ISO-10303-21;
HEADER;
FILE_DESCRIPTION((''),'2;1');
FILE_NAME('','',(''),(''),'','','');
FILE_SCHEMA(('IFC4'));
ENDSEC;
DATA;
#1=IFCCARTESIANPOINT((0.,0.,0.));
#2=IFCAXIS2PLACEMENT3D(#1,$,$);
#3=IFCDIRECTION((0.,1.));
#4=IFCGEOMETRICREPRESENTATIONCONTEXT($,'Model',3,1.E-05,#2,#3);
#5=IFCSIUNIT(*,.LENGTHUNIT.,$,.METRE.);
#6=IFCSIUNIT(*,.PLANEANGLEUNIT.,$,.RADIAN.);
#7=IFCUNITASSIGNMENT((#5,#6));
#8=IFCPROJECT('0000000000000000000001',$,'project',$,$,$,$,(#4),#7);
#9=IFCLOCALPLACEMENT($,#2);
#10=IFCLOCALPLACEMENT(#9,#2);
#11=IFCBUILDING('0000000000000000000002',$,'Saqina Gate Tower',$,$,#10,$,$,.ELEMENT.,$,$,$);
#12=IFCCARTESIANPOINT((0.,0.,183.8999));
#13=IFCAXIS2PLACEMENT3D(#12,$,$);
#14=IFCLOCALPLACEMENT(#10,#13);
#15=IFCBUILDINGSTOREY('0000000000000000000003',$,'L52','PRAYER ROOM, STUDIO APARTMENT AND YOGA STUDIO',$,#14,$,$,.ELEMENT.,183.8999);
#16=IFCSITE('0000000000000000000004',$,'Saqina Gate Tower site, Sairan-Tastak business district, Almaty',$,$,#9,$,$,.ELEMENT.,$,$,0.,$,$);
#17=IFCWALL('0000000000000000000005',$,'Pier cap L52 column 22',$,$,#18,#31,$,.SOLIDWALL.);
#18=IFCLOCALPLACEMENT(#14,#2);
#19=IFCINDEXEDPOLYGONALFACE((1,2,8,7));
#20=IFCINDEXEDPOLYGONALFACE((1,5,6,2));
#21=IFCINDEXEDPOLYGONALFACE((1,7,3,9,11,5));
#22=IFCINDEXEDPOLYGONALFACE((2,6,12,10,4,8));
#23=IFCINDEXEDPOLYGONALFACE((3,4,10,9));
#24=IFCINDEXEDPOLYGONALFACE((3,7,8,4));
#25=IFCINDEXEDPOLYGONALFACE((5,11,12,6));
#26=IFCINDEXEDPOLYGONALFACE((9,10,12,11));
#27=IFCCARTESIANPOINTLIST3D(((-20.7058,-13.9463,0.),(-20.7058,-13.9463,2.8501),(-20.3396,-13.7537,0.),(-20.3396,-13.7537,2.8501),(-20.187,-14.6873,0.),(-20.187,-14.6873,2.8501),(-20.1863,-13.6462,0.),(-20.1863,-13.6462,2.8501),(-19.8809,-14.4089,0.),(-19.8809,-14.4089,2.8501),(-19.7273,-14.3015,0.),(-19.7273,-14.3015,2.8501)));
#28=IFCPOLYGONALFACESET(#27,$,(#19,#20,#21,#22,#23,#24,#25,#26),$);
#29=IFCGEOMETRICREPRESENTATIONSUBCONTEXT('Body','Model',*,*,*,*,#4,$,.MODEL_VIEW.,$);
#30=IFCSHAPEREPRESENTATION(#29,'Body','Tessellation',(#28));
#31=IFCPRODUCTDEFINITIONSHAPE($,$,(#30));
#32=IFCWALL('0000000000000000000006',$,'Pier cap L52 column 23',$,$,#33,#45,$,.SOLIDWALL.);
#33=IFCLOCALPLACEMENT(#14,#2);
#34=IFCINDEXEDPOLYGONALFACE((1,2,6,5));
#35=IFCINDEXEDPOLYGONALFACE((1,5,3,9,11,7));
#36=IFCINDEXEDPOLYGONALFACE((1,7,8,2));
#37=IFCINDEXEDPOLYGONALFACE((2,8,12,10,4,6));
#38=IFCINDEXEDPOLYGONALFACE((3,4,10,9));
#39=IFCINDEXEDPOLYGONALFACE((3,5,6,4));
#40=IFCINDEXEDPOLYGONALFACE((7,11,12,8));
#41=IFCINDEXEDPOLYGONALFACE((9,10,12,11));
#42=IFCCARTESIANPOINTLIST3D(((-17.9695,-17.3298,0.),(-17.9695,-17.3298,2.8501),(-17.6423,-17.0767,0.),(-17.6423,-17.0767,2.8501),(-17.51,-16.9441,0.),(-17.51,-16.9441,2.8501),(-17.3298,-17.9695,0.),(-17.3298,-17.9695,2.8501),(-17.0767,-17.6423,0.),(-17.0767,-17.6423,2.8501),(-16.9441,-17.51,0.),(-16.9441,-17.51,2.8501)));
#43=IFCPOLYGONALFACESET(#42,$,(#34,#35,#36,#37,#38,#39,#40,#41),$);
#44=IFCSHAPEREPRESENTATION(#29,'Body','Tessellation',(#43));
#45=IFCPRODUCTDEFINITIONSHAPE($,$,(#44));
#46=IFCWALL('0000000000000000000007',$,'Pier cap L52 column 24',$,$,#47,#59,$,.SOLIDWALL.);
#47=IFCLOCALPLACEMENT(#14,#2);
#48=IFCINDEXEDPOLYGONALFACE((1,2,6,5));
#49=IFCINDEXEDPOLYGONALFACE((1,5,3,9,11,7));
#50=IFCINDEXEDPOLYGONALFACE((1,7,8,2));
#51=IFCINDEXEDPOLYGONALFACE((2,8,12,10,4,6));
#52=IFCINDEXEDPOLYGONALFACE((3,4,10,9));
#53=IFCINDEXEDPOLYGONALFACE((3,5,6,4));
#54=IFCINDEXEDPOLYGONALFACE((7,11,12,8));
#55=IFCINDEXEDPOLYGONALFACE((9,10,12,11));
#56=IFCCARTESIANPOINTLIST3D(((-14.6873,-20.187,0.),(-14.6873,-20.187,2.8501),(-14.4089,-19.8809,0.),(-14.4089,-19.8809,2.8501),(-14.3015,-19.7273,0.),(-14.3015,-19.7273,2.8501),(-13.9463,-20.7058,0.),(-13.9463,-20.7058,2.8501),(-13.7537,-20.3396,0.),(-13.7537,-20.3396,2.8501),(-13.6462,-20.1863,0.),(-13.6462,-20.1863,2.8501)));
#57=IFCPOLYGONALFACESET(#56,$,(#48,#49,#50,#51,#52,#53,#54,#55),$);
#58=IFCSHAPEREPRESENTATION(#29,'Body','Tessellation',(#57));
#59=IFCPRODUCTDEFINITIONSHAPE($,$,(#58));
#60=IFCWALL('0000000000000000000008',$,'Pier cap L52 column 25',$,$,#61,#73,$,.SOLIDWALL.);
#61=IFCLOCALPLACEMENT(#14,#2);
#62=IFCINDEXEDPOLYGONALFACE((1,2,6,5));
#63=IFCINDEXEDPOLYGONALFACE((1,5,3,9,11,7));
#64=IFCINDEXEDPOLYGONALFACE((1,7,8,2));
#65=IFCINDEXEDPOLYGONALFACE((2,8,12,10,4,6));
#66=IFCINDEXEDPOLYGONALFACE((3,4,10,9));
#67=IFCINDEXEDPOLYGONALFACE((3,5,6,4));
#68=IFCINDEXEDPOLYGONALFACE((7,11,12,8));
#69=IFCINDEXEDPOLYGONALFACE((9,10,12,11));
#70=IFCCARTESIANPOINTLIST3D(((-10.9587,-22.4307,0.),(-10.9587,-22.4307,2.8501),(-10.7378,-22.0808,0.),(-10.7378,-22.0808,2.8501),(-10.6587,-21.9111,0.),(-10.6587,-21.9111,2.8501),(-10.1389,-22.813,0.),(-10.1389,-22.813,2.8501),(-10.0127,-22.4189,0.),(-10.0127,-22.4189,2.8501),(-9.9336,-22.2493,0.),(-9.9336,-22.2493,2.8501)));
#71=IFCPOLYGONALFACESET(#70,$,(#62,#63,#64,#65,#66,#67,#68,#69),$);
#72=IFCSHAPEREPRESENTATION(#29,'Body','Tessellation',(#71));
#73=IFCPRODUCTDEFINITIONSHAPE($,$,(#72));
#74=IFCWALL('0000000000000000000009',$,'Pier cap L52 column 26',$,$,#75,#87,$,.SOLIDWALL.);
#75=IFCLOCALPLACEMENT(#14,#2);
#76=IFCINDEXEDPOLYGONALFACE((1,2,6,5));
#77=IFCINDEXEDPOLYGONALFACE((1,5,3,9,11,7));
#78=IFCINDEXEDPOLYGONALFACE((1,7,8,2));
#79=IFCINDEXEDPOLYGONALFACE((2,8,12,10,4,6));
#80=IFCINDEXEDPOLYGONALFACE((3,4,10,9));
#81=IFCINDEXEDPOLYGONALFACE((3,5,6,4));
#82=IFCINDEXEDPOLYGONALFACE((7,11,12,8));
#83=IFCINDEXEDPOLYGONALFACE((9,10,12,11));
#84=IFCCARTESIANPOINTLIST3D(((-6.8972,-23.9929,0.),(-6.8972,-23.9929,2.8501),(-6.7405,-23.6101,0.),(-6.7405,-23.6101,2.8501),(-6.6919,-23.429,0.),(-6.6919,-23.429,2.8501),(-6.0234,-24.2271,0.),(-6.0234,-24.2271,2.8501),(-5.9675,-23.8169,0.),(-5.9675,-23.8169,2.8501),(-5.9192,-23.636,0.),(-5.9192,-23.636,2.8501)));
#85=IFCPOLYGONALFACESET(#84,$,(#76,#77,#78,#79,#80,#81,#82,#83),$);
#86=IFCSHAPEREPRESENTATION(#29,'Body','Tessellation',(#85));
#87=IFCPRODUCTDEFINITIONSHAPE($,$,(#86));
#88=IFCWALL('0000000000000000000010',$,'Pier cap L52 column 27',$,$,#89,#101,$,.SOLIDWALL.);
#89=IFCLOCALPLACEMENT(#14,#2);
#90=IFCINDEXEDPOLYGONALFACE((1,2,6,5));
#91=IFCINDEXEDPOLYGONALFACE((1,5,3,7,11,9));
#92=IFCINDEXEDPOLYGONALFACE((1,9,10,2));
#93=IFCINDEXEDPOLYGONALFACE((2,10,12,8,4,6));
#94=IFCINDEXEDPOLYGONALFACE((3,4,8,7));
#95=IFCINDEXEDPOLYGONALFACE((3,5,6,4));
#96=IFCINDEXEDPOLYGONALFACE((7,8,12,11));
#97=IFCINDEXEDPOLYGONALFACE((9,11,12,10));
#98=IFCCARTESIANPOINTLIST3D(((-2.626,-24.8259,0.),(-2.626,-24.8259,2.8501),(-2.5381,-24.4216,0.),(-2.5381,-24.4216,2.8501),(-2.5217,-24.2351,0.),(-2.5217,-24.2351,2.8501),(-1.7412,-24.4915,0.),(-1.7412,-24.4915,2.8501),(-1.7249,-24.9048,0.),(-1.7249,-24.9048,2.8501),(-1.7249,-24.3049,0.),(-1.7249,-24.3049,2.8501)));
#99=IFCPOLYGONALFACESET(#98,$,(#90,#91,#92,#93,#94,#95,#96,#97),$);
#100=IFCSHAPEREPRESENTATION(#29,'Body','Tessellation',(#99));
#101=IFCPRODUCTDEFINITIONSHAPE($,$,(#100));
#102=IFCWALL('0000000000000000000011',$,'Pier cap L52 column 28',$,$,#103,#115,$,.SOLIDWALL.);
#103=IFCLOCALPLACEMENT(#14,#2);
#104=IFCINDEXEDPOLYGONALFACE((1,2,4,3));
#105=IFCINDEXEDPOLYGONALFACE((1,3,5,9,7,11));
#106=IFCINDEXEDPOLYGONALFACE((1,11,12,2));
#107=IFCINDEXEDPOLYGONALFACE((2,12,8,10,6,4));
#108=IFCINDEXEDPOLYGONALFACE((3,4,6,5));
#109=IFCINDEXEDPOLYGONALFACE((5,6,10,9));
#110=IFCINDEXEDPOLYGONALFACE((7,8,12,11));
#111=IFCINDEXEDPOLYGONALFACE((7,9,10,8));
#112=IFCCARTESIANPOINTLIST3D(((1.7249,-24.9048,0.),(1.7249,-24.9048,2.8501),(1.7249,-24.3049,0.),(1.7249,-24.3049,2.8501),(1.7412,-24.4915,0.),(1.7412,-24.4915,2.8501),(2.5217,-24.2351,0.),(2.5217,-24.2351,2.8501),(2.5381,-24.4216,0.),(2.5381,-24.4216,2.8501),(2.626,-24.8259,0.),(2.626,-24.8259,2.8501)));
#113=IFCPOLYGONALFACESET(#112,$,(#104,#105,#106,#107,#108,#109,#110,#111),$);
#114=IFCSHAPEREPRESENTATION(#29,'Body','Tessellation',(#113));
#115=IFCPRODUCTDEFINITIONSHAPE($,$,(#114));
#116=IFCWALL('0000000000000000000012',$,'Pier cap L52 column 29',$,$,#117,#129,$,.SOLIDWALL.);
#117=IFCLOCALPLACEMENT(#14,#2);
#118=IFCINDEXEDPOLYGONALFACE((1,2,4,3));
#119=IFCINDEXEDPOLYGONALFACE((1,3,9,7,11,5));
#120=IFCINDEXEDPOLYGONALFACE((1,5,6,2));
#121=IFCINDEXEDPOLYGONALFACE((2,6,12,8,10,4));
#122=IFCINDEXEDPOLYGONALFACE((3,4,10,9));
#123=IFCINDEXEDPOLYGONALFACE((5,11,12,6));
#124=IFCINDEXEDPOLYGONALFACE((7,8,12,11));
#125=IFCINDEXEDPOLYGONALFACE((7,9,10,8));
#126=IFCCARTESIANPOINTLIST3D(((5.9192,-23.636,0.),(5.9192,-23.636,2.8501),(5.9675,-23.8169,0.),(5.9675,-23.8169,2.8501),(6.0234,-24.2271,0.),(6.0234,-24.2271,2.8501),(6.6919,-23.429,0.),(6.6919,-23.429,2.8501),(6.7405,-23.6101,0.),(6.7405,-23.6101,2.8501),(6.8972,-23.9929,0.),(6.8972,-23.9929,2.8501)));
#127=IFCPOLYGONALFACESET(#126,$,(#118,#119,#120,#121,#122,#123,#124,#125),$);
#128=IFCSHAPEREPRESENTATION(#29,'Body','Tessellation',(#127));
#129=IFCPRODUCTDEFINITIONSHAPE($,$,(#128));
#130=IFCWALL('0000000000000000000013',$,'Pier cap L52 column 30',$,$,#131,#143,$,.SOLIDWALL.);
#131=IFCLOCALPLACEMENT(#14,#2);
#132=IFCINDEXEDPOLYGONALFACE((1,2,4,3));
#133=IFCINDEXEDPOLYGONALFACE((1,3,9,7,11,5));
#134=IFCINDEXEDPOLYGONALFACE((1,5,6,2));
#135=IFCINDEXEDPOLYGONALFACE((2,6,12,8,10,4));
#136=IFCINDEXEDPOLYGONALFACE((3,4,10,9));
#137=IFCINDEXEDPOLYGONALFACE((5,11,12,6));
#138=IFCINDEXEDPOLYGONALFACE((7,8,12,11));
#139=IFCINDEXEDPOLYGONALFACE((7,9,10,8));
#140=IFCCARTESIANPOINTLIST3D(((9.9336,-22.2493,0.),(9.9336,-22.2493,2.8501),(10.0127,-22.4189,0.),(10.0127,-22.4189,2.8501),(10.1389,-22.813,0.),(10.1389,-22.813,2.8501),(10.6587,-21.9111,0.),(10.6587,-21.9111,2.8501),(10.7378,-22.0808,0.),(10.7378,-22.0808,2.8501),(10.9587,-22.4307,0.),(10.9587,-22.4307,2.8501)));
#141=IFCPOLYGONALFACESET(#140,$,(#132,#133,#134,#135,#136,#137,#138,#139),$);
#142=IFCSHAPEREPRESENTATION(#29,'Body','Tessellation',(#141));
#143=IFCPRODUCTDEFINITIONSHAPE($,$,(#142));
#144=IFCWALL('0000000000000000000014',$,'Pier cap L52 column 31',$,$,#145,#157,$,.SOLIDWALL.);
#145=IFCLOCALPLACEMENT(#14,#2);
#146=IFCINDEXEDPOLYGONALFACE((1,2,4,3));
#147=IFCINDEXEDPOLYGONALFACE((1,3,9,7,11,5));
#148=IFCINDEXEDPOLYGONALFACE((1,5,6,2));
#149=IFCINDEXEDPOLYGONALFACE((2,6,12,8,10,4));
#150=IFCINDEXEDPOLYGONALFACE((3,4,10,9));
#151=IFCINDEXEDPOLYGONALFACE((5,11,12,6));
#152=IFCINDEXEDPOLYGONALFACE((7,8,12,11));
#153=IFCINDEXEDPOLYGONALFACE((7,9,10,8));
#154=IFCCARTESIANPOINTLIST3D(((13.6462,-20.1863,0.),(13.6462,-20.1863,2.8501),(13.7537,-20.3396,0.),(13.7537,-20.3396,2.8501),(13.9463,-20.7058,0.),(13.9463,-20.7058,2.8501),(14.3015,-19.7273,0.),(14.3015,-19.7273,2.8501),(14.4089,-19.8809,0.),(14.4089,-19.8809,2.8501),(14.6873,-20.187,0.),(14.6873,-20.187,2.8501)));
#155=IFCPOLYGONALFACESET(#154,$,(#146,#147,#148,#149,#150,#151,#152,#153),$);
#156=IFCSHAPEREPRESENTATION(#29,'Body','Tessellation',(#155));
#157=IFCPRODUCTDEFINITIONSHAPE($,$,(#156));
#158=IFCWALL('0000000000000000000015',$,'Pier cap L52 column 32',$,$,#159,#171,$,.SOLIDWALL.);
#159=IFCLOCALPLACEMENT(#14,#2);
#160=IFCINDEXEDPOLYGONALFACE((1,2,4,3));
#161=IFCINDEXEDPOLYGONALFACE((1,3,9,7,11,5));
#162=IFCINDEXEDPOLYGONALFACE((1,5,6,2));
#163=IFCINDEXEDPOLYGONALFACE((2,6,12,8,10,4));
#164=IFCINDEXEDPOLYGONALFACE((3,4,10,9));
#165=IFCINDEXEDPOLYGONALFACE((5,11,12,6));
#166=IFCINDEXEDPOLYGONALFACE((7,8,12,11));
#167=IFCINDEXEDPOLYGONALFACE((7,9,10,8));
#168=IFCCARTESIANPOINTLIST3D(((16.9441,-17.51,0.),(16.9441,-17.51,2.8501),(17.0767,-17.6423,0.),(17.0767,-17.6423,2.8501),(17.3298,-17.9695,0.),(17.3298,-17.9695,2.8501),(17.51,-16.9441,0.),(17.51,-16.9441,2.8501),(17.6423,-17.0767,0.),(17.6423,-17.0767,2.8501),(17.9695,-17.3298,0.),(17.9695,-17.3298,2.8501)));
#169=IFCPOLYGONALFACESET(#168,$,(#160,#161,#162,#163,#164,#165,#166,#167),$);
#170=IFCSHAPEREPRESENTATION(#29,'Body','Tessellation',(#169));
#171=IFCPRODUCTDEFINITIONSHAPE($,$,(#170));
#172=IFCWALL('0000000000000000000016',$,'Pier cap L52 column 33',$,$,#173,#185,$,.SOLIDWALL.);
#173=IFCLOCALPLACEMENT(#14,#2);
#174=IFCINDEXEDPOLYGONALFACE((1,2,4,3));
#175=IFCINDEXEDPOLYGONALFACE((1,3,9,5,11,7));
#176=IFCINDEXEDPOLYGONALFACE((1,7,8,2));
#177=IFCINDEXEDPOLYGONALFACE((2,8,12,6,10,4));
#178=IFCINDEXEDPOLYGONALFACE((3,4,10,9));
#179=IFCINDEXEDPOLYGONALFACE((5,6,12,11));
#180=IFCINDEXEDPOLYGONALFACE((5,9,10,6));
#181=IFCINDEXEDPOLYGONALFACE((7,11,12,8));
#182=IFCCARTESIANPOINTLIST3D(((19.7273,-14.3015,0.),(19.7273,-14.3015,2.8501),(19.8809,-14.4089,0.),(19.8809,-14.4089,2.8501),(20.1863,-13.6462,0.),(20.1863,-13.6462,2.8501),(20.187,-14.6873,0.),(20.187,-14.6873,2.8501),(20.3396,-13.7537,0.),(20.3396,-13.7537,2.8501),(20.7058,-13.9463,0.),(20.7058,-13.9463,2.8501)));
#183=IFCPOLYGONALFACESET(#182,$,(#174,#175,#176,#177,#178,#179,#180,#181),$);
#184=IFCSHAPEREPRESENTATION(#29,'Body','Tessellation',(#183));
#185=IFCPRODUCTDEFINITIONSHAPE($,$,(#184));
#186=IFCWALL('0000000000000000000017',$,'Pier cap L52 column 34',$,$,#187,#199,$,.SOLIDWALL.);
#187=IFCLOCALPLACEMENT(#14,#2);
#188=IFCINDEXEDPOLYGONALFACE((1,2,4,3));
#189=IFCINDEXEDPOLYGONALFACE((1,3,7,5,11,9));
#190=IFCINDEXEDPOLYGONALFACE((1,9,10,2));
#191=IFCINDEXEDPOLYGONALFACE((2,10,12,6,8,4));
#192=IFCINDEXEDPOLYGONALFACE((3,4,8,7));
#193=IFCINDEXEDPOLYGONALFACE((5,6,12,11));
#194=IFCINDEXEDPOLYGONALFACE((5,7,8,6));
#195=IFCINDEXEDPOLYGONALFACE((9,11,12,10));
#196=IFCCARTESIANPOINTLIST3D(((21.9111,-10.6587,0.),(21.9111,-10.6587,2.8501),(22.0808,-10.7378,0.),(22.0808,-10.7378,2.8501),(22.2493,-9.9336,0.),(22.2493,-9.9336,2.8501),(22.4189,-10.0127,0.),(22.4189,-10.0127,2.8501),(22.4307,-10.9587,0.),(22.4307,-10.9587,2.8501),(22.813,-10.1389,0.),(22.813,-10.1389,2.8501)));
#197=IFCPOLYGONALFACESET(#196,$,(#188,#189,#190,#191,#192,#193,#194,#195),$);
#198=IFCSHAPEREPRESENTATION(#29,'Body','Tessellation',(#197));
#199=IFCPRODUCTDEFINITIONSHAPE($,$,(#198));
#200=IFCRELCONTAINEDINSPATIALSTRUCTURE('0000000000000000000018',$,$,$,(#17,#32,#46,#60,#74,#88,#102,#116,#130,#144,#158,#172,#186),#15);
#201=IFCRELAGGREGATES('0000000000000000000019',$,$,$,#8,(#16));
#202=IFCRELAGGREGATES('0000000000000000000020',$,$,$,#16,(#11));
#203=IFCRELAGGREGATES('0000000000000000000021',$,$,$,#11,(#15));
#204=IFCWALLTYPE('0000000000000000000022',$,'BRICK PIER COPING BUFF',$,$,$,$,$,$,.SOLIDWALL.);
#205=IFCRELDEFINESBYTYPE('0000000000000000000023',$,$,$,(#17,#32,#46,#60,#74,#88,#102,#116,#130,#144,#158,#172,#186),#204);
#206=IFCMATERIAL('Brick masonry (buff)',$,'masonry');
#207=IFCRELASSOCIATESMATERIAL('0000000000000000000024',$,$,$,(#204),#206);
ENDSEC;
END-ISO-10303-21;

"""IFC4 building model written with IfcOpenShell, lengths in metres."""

from ifc_helpers import new_model, si_unit, direction, frame, origin, place, context, subcontext, project, spatial, polyline, outline, extrude, material, type_object, element, save


model = new_model("IFC4")

# Units and contexts
model_context = context("Model", 3, precision=1e-05, world=origin(), true_north=direction((0.0, 1.0)))
body_context = subcontext(model_context, "Body", "Model", "MODEL_VIEW")
ifc_project = project(units=[si_unit("LENGTHUNIT", "METRE"), si_unit("PLANEANGLEUNIT", "RADIAN")], contexts=[model_context])

# Site, building, storey
site_placement = place(None, origin())
site = spatial("IfcSite", under=ifc_project, at=site_placement, Name="Saqina Gate Tower site, Sairan-Tastak business district, Almaty", CompositionType="ELEMENT", RefElevation=0.0)
building_placement = place(site_placement, origin())
building = spatial("IfcBuilding", under=site, at=building_placement, Name="Saqina Gate Tower", CompositionType="ELEMENT")
storey_placement = place(building_placement, frame((0.0, 0.0, 183.8999)))
storey = spatial("IfcBuildingStorey", under=building, at=storey_placement, Name="L52", Description="PRAYER ROOM, STUDIO APARTMENT AND YOGA STUDIO", CompositionType="ELEMENT", Elevation=183.8999)

# Walls
ifc_material_1 = material(Name="Brick masonry (buff)", Category="masonry")
wall_type_1 = type_object("IfcWallType", Name="BRICK PIER COPING BUFF", PredefinedType="SOLIDWALL", material=ifc_material_1)
wall_1_placement = place(storey_placement, origin())
element("IfcWall", 1, at=wall_1_placement, inside=storey, type_object=wall_type_1, Name="Pier cap L52 column 22", PredefinedType="SOLIDWALL", context=body_context, shape_type="SweptSolid", body=[
    extrude(outline(polyline([(-20.7058, -13.9463), (-20.187, -14.6873), (-19.7273, -14.3015), (-19.8809, -14.4089), (-20.3396, -13.7537), (-20.1863, -13.6462), (-20.7058, -13.9463)])), origin(), (0.0, 0.0, 1.0), 2.8501),
])
wall_2_placement = place(storey_placement, origin())
element("IfcWall", 2, at=wall_2_placement, inside=storey, type_object=wall_type_1, Name="Pier cap L52 column 23", PredefinedType="SOLIDWALL", context=body_context, shape_type="SweptSolid", body=[
    extrude(outline(polyline([(-17.3298, -17.9695), (-16.9441, -17.51), (-17.0767, -17.6423), (-17.6423, -17.0767), (-17.51, -16.9441), (-17.9695, -17.3298), (-17.3298, -17.9695)])), origin(), (0.0, 0.0, 1.0), 2.8501),
])
wall_3_placement = place(storey_placement, origin())
element("IfcWall", 3, at=wall_3_placement, inside=storey, type_object=wall_type_1, Name="Pier cap L52 column 24", PredefinedType="SOLIDWALL", context=body_context, shape_type="SweptSolid", body=[
    extrude(outline(polyline([(-14.6873, -20.187), (-13.9463, -20.7058), (-13.6462, -20.1863), (-13.7537, -20.3396), (-14.4089, -19.8809), (-14.3015, -19.7273), (-14.6873, -20.187)])), origin(), (0.0, 0.0, 1.0), 2.8501),
])
wall_4_placement = place(storey_placement, origin())
element("IfcWall", 4, at=wall_4_placement, inside=storey, type_object=wall_type_1, Name="Pier cap L52 column 25", PredefinedType="SOLIDWALL", context=body_context, shape_type="SweptSolid", body=[
    extrude(outline(polyline([(-10.1389, -22.813), (-9.9336, -22.2493), (-10.0127, -22.4189), (-10.7378, -22.0808), (-10.6587, -21.9111), (-10.9587, -22.4307), (-10.1389, -22.813)])), origin(), (0.0, 0.0, 1.0), 2.8501),
])
wall_5_placement = place(storey_placement, origin())
element("IfcWall", 5, at=wall_5_placement, inside=storey, type_object=wall_type_1, Name="Pier cap L52 column 26", PredefinedType="SOLIDWALL", context=body_context, shape_type="SweptSolid", body=[
    extrude(outline(polyline([(-6.0234, -24.2271), (-5.9192, -23.636), (-5.9675, -23.8169), (-6.7405, -23.6101), (-6.6919, -23.429), (-6.8972, -23.9929), (-6.0234, -24.2271)])), origin(), (0.0, 0.0, 1.0), 2.8501),
])
wall_6_placement = place(storey_placement, origin())
element("IfcWall", 6, at=wall_6_placement, inside=storey, type_object=wall_type_1, Name="Pier cap L52 column 27", PredefinedType="SOLIDWALL", context=body_context, shape_type="SweptSolid", body=[
    extrude(outline(polyline([(-2.626, -24.8259), (-1.7249, -24.9048), (-1.7249, -24.3049), (-1.7412, -24.4915), (-2.5381, -24.4216), (-2.5217, -24.2351), (-2.626, -24.8259)])), origin(), (0.0, 0.0, 1.0), 2.8501),
])
wall_7_placement = place(storey_placement, origin())
element("IfcWall", 7, at=wall_7_placement, inside=storey, type_object=wall_type_1, Name="Pier cap L52 column 28", PredefinedType="SOLIDWALL", context=body_context, shape_type="SweptSolid", body=[
    extrude(outline(polyline([(1.7249, -24.9048), (2.626, -24.8259), (2.5217, -24.2351), (2.5381, -24.4216), (1.7412, -24.4915), (1.7249, -24.3049), (1.7249, -24.9048)])), origin(), (0.0, 0.0, 1.0), 2.8501),
])
wall_8_placement = place(storey_placement, origin())
element("IfcWall", 8, at=wall_8_placement, inside=storey, type_object=wall_type_1, Name="Pier cap L52 column 29", PredefinedType="SOLIDWALL", context=body_context, shape_type="SweptSolid", body=[
    extrude(outline(polyline([(6.0234, -24.2271), (6.8972, -23.9929), (6.6919, -23.429), (6.7405, -23.6101), (5.9675, -23.8169), (5.9192, -23.636), (6.0234, -24.2271)])), origin(), (0.0, 0.0, 1.0), 2.8501),
])
wall_9_placement = place(storey_placement, origin())
element("IfcWall", 9, at=wall_9_placement, inside=storey, type_object=wall_type_1, Name="Pier cap L52 column 30", PredefinedType="SOLIDWALL", context=body_context, shape_type="SweptSolid", body=[
    extrude(outline(polyline([(10.9587, -22.4307), (10.6587, -21.9111), (10.7378, -22.0808), (10.0127, -22.4189), (9.9336, -22.2493), (10.1389, -22.813), (10.9587, -22.4307)])), origin(), (0.0, 0.0, 1.0), 2.8501),
])
wall_10_placement = place(storey_placement, origin())
element("IfcWall", 10, at=wall_10_placement, inside=storey, type_object=wall_type_1, Name="Pier cap L52 column 31", PredefinedType="SOLIDWALL", context=body_context, shape_type="SweptSolid", body=[
    extrude(outline(polyline([(13.9463, -20.7058), (14.6873, -20.187), (14.3015, -19.7273), (14.4089, -19.8809), (13.7537, -20.3396), (13.6462, -20.1863), (13.9463, -20.7058)])), origin(), (0.0, 0.0, 1.0), 2.8501),
])
wall_11_placement = place(storey_placement, origin())
element("IfcWall", 11, at=wall_11_placement, inside=storey, type_object=wall_type_1, Name="Pier cap L52 column 32", PredefinedType="SOLIDWALL", context=body_context, shape_type="SweptSolid", body=[
    extrude(outline(polyline([(17.9695, -17.3298), (17.51, -16.9441), (17.6423, -17.0767), (17.0767, -17.6423), (16.9441, -17.51), (17.3298, -17.9695), (17.9695, -17.3298)])), origin(), (0.0, 0.0, 1.0), 2.8501),
])
wall_12_placement = place(storey_placement, origin())
element("IfcWall", 12, at=wall_12_placement, inside=storey, type_object=wall_type_1, Name="Pier cap L52 column 33", PredefinedType="SOLIDWALL", context=body_context, shape_type="SweptSolid", body=[
    extrude(outline(polyline([(20.187, -14.6873), (20.7058, -13.9463), (20.1863, -13.6462), (20.3396, -13.7537), (19.8809, -14.4089), (19.7273, -14.3015), (20.187, -14.6873)])), origin(), (0.0, 0.0, 1.0), 2.8501),
])
wall_13_placement = place(storey_placement, origin())
element("IfcWall", 13, at=wall_13_placement, inside=storey, type_object=wall_type_1, Name="Pier cap L52 column 34", PredefinedType="SOLIDWALL", context=body_context, shape_type="SweptSolid", body=[
    extrude(outline(polyline([(22.813, -10.1389), (22.2493, -9.9336), (22.4189, -10.0127), (22.0808, -10.7378), (21.9111, -10.6587), (22.4307, -10.9587), (22.813, -10.1389)])), origin(), (0.0, 0.0, 1.0), 2.8501),
])

save(model, "model.ifc")
